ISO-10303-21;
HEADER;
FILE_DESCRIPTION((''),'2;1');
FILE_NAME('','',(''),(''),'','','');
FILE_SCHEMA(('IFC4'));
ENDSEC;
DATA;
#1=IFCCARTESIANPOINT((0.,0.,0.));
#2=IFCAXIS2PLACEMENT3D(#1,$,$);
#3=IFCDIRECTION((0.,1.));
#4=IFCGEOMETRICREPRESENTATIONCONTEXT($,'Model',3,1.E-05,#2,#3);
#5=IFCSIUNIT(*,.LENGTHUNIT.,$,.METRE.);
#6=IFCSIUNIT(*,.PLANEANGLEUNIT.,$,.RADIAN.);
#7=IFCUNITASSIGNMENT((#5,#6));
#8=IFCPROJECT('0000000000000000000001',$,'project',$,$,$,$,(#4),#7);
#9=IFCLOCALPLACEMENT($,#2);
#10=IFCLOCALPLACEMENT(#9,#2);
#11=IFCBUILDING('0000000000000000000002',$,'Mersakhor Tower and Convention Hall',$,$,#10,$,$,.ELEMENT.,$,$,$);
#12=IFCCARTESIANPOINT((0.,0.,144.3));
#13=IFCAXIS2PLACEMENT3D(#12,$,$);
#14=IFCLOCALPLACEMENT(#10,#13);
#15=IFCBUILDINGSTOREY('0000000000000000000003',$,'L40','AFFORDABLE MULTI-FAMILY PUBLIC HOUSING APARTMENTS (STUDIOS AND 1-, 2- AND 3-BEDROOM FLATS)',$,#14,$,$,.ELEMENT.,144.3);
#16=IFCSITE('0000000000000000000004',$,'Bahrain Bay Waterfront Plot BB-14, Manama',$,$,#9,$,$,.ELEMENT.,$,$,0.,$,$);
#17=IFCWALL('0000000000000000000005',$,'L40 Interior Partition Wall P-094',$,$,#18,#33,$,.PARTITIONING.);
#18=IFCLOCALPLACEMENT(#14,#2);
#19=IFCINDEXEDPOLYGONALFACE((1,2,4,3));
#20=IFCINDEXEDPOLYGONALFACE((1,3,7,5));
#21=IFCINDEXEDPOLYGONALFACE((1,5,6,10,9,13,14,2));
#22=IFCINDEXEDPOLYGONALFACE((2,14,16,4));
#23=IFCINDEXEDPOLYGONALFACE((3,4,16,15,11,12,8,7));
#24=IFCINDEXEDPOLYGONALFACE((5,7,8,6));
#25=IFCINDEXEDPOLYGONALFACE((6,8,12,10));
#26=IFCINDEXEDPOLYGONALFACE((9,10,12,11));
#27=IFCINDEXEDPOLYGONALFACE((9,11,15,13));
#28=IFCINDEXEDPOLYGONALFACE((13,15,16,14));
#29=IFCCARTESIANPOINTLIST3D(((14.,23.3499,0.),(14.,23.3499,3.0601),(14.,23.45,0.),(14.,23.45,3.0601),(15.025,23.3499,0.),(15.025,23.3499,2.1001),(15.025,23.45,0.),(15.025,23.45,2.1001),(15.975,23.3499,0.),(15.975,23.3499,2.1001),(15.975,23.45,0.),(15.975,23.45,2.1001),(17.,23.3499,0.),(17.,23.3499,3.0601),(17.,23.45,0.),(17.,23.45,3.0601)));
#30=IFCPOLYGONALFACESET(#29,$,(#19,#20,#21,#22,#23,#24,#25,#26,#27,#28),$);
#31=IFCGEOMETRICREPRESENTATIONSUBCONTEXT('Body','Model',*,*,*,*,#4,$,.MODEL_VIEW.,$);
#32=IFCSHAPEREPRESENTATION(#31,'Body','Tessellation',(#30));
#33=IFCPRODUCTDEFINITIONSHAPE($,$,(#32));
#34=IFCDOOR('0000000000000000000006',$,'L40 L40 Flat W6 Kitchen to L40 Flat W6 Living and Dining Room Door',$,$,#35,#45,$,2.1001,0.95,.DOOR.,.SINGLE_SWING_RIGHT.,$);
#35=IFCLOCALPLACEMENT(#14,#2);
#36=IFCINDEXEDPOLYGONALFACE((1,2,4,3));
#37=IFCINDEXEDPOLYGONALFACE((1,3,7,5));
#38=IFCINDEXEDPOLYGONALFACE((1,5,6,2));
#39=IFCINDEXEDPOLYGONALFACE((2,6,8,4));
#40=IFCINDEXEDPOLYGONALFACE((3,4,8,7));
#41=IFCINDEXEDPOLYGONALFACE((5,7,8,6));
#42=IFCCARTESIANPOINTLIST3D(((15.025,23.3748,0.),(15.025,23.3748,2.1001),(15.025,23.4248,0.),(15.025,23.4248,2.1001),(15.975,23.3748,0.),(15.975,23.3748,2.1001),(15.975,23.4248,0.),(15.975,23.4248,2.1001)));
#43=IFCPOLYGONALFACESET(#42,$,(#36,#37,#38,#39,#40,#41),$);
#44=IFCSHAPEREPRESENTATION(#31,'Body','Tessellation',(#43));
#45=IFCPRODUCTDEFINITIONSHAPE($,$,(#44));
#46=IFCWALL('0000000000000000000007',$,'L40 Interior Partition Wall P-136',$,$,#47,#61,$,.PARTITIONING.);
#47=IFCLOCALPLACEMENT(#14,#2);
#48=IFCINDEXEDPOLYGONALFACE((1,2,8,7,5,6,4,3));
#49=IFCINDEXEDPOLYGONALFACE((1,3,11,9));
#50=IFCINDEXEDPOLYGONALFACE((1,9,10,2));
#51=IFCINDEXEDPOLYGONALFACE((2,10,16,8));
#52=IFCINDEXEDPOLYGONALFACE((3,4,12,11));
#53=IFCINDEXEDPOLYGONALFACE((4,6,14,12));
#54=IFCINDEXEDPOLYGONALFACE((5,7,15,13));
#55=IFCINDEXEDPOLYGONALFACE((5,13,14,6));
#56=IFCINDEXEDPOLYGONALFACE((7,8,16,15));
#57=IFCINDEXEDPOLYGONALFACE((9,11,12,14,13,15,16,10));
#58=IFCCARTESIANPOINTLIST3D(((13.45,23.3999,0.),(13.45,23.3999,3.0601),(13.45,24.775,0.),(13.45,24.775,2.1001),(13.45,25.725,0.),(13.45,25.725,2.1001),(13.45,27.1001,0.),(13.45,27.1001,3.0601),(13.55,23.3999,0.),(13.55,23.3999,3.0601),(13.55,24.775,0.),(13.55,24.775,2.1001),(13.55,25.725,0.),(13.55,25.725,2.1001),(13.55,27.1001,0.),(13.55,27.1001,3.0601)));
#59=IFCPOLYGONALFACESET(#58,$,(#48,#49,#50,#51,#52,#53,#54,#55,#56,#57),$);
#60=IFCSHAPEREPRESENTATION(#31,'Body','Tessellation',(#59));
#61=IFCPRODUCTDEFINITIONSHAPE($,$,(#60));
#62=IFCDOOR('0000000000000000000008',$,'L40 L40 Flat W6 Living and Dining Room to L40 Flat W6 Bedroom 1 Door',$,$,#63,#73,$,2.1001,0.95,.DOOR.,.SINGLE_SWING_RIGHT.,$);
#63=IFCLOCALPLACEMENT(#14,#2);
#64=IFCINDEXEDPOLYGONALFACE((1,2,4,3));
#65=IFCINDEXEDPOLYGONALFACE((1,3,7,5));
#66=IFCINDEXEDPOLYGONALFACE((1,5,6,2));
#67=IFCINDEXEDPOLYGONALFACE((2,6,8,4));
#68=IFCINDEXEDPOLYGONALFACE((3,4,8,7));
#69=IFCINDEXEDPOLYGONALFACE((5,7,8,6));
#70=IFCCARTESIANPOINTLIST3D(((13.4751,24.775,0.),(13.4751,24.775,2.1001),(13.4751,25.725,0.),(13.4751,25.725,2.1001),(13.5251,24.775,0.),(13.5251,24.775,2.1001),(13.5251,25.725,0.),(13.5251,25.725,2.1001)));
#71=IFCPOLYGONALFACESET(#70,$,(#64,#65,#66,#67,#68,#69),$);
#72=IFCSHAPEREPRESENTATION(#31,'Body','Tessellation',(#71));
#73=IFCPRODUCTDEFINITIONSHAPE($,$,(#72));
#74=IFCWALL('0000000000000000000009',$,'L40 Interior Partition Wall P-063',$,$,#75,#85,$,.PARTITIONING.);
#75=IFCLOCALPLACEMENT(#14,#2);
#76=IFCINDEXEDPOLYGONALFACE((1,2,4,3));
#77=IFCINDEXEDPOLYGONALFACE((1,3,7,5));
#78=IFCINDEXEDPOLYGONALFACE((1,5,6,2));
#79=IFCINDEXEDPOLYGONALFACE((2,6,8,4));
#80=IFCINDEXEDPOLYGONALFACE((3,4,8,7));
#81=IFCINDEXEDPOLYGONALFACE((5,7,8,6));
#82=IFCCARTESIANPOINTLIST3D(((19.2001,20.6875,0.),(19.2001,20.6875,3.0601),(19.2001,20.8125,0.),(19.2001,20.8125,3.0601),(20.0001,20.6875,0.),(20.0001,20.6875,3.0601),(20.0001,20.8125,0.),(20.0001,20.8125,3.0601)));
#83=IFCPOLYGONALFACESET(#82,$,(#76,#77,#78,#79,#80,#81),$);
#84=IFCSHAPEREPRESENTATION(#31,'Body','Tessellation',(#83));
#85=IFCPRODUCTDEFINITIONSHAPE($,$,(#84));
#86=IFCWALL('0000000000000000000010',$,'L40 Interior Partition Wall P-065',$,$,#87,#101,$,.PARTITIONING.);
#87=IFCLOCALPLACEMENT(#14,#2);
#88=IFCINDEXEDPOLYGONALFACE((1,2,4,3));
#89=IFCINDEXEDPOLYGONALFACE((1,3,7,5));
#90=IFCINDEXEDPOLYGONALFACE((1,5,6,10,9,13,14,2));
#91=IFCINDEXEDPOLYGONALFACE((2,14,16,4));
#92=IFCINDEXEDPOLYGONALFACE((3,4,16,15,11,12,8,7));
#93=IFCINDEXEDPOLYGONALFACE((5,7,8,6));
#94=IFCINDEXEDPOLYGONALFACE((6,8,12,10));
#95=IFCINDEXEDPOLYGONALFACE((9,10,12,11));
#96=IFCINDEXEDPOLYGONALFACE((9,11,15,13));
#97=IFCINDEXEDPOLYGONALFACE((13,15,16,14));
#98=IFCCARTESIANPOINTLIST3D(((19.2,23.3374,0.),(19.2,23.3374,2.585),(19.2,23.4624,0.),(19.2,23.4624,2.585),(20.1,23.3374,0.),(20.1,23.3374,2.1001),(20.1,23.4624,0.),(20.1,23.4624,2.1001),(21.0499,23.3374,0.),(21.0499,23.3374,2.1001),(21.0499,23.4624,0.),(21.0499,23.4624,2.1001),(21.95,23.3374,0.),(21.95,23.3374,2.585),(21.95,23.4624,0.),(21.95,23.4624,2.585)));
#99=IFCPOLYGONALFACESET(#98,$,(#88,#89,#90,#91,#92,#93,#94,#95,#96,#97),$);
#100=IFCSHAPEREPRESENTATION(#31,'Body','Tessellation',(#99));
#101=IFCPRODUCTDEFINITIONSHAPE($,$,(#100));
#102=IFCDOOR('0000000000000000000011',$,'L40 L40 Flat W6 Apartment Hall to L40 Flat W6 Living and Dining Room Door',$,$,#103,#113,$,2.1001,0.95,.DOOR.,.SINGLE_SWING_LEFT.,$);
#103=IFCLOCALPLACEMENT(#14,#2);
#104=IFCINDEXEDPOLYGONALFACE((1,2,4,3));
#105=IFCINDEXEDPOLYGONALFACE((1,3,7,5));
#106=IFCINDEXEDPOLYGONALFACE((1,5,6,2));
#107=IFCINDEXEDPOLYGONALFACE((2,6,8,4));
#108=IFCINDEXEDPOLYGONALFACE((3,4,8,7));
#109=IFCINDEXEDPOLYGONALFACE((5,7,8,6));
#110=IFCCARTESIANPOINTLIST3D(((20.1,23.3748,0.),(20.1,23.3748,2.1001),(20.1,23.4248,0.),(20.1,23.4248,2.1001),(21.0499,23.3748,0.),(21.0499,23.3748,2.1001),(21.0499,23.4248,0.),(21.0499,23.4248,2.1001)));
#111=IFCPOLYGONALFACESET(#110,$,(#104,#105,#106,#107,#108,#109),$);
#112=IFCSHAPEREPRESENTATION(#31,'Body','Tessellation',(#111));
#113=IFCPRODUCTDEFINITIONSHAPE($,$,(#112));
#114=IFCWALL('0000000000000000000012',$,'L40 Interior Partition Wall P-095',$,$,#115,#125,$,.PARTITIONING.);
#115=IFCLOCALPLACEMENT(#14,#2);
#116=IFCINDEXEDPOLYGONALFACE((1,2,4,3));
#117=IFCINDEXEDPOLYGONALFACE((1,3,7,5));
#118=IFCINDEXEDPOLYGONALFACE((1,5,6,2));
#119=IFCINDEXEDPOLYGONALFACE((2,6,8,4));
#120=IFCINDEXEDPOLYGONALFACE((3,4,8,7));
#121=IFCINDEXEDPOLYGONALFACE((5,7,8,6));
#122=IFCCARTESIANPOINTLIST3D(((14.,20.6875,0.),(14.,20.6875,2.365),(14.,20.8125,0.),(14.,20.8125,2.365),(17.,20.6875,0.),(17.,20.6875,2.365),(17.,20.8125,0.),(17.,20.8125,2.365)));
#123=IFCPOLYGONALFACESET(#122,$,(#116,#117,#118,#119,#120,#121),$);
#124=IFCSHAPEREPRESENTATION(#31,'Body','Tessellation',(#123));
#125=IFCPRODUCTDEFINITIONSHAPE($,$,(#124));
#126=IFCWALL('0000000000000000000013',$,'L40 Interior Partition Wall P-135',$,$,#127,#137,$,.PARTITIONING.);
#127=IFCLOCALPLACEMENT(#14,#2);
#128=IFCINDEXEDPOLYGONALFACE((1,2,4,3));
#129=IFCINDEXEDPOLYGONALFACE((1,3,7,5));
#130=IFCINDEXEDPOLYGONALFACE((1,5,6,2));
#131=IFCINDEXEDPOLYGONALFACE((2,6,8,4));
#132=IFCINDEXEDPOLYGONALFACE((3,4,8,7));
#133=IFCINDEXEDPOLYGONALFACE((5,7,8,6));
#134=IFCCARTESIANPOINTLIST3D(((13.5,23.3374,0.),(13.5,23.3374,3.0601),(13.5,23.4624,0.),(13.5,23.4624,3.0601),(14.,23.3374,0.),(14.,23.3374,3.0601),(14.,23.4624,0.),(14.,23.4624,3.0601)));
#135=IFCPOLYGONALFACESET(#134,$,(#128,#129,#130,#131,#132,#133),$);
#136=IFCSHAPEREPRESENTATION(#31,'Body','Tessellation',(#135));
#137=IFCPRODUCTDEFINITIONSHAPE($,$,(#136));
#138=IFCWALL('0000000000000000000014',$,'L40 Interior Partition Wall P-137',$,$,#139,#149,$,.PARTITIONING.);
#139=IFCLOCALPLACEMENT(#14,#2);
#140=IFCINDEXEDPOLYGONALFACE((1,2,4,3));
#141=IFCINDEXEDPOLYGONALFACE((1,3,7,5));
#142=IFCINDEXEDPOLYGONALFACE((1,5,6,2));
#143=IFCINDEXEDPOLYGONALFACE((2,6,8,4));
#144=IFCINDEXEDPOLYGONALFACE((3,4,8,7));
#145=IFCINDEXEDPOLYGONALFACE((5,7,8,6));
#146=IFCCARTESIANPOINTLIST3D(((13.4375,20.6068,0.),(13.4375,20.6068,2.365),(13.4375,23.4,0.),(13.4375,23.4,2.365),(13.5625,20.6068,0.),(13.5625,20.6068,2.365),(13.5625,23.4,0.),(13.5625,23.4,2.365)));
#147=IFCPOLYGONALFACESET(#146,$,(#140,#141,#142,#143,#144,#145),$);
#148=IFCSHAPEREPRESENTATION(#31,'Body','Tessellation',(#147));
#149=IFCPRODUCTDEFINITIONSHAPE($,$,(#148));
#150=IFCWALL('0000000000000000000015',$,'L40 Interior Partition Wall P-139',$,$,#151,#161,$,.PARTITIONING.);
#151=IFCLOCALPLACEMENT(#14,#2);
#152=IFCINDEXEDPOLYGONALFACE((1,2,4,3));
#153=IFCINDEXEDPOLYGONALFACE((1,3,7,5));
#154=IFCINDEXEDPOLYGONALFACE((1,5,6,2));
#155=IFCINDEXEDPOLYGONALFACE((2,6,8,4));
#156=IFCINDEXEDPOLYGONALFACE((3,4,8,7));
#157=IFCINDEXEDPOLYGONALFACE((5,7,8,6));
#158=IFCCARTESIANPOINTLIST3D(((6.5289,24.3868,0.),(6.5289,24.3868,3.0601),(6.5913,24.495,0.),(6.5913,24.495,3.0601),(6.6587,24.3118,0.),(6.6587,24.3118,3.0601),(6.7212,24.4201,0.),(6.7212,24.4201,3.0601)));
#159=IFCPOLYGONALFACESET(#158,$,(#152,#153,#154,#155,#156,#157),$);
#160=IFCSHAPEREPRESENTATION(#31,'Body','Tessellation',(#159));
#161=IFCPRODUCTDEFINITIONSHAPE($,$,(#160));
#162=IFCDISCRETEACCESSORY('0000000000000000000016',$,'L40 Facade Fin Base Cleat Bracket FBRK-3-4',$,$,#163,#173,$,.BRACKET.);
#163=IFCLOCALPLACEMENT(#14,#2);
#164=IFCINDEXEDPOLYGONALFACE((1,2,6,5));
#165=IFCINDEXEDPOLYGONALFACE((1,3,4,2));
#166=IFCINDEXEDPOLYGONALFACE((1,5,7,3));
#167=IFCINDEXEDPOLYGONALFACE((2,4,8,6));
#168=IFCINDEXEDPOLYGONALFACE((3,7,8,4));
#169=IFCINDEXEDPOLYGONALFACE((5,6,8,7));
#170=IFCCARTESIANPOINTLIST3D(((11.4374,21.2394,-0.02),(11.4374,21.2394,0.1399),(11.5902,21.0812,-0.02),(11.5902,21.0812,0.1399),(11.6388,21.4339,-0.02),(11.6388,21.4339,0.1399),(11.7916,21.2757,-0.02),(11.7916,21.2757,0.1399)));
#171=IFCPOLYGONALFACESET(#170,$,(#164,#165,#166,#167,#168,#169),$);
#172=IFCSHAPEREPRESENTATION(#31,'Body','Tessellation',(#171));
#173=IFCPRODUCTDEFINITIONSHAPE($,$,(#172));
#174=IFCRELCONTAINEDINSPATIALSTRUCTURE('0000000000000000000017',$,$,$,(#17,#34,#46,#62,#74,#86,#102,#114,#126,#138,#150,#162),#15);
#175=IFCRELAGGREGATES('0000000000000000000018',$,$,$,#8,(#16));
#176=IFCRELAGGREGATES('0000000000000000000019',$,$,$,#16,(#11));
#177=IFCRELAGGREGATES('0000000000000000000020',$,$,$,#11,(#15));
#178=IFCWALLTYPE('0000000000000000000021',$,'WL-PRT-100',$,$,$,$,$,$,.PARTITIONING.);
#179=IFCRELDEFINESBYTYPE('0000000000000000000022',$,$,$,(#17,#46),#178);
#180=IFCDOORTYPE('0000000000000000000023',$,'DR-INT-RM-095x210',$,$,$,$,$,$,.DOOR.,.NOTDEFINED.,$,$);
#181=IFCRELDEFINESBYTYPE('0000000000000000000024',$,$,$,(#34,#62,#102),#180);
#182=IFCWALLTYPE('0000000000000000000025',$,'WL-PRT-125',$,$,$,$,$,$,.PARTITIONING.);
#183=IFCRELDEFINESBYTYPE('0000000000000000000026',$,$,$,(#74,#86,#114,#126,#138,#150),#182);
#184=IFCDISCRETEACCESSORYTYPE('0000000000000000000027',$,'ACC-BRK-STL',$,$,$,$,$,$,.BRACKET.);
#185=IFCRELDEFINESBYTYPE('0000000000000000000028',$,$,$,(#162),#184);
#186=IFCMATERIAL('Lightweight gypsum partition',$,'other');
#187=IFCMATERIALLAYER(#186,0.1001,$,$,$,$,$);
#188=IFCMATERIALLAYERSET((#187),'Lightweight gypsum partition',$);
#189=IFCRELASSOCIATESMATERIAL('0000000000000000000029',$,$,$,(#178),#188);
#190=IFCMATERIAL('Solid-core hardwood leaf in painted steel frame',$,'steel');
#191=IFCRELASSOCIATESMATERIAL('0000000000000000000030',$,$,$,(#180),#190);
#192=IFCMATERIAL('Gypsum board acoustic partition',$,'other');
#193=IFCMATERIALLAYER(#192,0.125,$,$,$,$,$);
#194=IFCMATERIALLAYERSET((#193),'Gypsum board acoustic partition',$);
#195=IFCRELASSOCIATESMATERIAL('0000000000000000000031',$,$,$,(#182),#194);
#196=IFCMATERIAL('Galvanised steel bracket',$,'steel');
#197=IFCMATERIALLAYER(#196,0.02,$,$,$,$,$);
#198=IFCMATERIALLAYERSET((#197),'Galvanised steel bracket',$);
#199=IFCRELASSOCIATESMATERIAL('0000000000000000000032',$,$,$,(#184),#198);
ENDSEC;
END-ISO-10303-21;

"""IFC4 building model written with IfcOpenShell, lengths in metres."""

from ifc_helpers import new_model, si_unit, direction, frame, frame_2d, origin, origin_2d, place, context, subcontext, project, spatial, rectangle, extrude, material, layer, layer_set, type_object, element, fill, save


model = new_model("IFC4")

# Units and contexts
model_context = context("Model", 3, precision=1e-05, world=origin(), true_north=direction((0.0, 1.0)))
body_context = subcontext(model_context, "Body", "Model", "MODEL_VIEW")
ifc_project = project(units=[si_unit("LENGTHUNIT", "METRE"), si_unit("PLANEANGLEUNIT", "RADIAN")], contexts=[model_context])

# Site, building, storey
site_placement = place(None, origin())
site = spatial("IfcSite", under=ifc_project, at=site_placement, Name="Bahrain Bay Waterfront Plot BB-14, Manama", CompositionType="ELEMENT", RefElevation=0.0)
building_placement = place(site_placement, origin())
building = spatial("IfcBuilding", under=site, at=building_placement, Name="Mersakhor Tower and Convention Hall", CompositionType="ELEMENT")
storey_placement = place(building_placement, frame((0.0, 0.0, 144.3)))
storey = spatial("IfcBuildingStorey", under=building, at=storey_placement, Name="L40", Description="AFFORDABLE MULTI-FAMILY PUBLIC HOUSING APARTMENTS (STUDIOS AND 1-, 2- AND 3-BEDROOM FLATS)", CompositionType="ELEMENT", Elevation=144.3)

# Walls, openings, doors
ifc_material_1 = material(Name="Lightweight gypsum partition", Category="other")
ifc_layer_1 = layer(ifc_material_1, 0.1001)
ifc_layer_set_1 = layer_set([ifc_layer_1], Name="Lightweight gypsum partition")
wall_type_1 = type_object("IfcWallType", Name="WL-PRT-100", PredefinedType="PARTITIONING", material=ifc_layer_set_1)
wall_1_placement = place(storey_placement, frame((14.0, 23.3999, 0.0), z_axis=(0.0, 0.0, 1.0), x_axis=(1.0, 0.0, 0.0)))
wall_1 = element("IfcWall", 1, at=wall_1_placement, inside=storey, type_object=wall_type_1, Name="L40 Interior Partition Wall P-094", PredefinedType="PARTITIONING", context=body_context, shape_type="SweptSolid", body=[
    extrude(rectangle(XDim=3.0, YDim=0.1001, at=frame_2d((1.5, 0.0))), origin(), (0.0, 0.0, 1.0), 3.0601),
])
opening_1_placement = place(wall_1_placement, frame((1.0249, 0.0, 0.0)))
opening_1 = element("IfcOpeningElement", 2, at=opening_1_placement, cuts=wall_1, PredefinedType="OPENING", context=body_context, shape_type="SweptSolid", body=[
    extrude(rectangle(XDim=0.95, YDim=2.1001, at=frame_2d((0.4751, 1.05))), frame((0.0, 0.0601, 0.0), z_axis=(0.0, -1.0, 0.0), x_axis=(1.0, 0.0, 0.0)), (0.0, 0.0, 1.0), 0.1201),
])
ifc_material_2 = material(Name="Solid-core hardwood leaf in painted steel frame", Category="steel")
door_type_1 = type_object("IfcDoorType", Name="DR-INT-RM-095x210", OperationType="NOTDEFINED", PredefinedType="DOOR", material=ifc_material_2)
door_1_placement = place(opening_1_placement, origin())
door_1 = element("IfcDoor", 3, at=door_1_placement, inside=storey, type_object=door_type_1, Name="L40 L40 Flat W6 Kitchen to L40 Flat W6 Living and Dining Room Door", OperationType="SINGLE_SWING_RIGHT", OverallHeight=2.1001, OverallWidth=0.95, PredefinedType="DOOR", context=body_context, shape_type="SweptSolid", body=[
    extrude(rectangle(XDim=0.95, YDim=2.1001, at=frame_2d((0.4751, 1.05))), frame((0.0, 0.0249, 0.0), z_axis=(0.0, -1.0, 0.0), x_axis=(1.0, 0.0, 0.0)), (0.0, 0.0, 1.0), 0.05),
])
fill(opening_1, door_1)
wall_2_placement = place(storey_placement, frame((13.5, 23.3999, 0.0), z_axis=(0.0, 0.0, 1.0), x_axis=(0.0, 1.0, 0.0)))
wall_2 = element("IfcWall", 4, at=wall_2_placement, inside=storey, type_object=wall_type_1, Name="L40 Interior Partition Wall P-136", PredefinedType="PARTITIONING", context=body_context, shape_type="SweptSolid", body=[
    extrude(rectangle(XDim=3.7002, YDim=0.1001, at=frame_2d((1.8501, 0.0))), origin(), (0.0, 0.0, 1.0), 3.0601),
])
opening_2_placement = place(wall_2_placement, frame((1.375, 0.0, 0.0)))
opening_2 = element("IfcOpeningElement", 5, at=opening_2_placement, cuts=wall_2, PredefinedType="OPENING", context=body_context, shape_type="SweptSolid", body=[
    extrude(rectangle(XDim=0.95, YDim=2.1001, at=frame_2d((0.4751, 1.05))), frame((0.0, 0.0601, 0.0), z_axis=(0.0, -1.0, 0.0), x_axis=(1.0, 0.0, 0.0)), (0.0, 0.0, 1.0), 0.1201),
])
door_2_placement = place(opening_2_placement, origin())
door_2 = element("IfcDoor", 6, at=door_2_placement, inside=storey, type_object=door_type_1, Name="L40 L40 Flat W6 Living and Dining Room to L40 Flat W6 Bedroom 1 Door", OperationType="SINGLE_SWING_RIGHT", OverallHeight=2.1001, OverallWidth=0.95, PredefinedType="DOOR", context=body_context, shape_type="SweptSolid", body=[
    extrude(rectangle(XDim=0.95, YDim=2.1001, at=frame_2d((0.4751, 1.05))), frame((0.0, 0.0249, 0.0), z_axis=(0.0, -1.0, 0.0), x_axis=(1.0, 0.0, 0.0)), (0.0, 0.0, 1.0), 0.05),
])
fill(opening_2, door_2)

# Wall
ifc_material_3 = material(Name="Gypsum board acoustic partition", Category="other")
ifc_layer_2 = layer(ifc_material_3, 0.125)
ifc_layer_set_2 = layer_set([ifc_layer_2], Name="Gypsum board acoustic partition")
wall_type_2 = type_object("IfcWallType", Name="WL-PRT-125", PredefinedType="PARTITIONING", material=ifc_layer_set_2)
wall_3_placement = place(storey_placement, frame((20.0, 20.75, 0.0), z_axis=(0.0, 0.0, 1.0), x_axis=(-1.0, 0.0, 0.0)))
element("IfcWall", 7, at=wall_3_placement, inside=storey, type_object=wall_type_2, Name="L40 Interior Partition Wall P-063", PredefinedType="PARTITIONING", context=body_context, shape_type="SweptSolid", body=[
    extrude(rectangle(XDim=0.8, YDim=0.125, at=frame_2d((0.3999, 0.0))), origin(), (0.0, 0.0, 1.0), 3.0601),
])

# Wall, opening, door
wall_4_placement = place(storey_placement, frame((19.2, 23.3999, 0.0), z_axis=(0.0, 0.0, 1.0), x_axis=(1.0, 0.0, 0.0)))
wall_4 = element("IfcWall", 8, at=wall_4_placement, inside=storey, type_object=wall_type_2, Name="L40 Interior Partition Wall P-065", PredefinedType="PARTITIONING", context=body_context, shape_type="SweptSolid", body=[
    extrude(rectangle(XDim=2.75, YDim=0.125, at=frame_2d((1.375, 0.0))), origin(), (0.0, 0.0, 1.0), 2.585),
])
opening_3_placement = place(wall_4_placement, frame((0.8999, 0.0, 0.0)))
opening_3 = element("IfcOpeningElement", 9, at=opening_3_placement, cuts=wall_4, PredefinedType="OPENING", context=body_context, shape_type="SweptSolid", body=[
    extrude(rectangle(XDim=0.95, YDim=2.1001, at=frame_2d((0.4751, 1.05))), frame((0.0, 0.0725, 0.0), z_axis=(0.0, -1.0, 0.0), x_axis=(1.0, 0.0, 0.0)), (0.0, 0.0, 1.0), 0.145),
])
door_3_placement = place(opening_3_placement, origin())
door_3 = element("IfcDoor", 10, at=door_3_placement, inside=storey, type_object=door_type_1, Name="L40 L40 Flat W6 Apartment Hall to L40 Flat W6 Living and Dining Room Door", OperationType="SINGLE_SWING_LEFT", OverallHeight=2.1001, OverallWidth=0.95, PredefinedType="DOOR", context=body_context, shape_type="SweptSolid", body=[
    extrude(rectangle(XDim=0.95, YDim=2.1001, at=frame_2d((0.4751, 1.05))), frame((0.0, 0.0249, 0.0), z_axis=(0.0, -1.0, 0.0), x_axis=(1.0, 0.0, 0.0)), (0.0, 0.0, 1.0), 0.05),
])
fill(opening_3, door_3)

# Walls
wall_5_placement = place(storey_placement, frame((17.0, 20.75, 0.0), z_axis=(0.0, 0.0, 1.0), x_axis=(-1.0, 0.0, 0.0)))
element("IfcWall", 11, at=wall_5_placement, inside=storey, type_object=wall_type_2, Name="L40 Interior Partition Wall P-095", PredefinedType="PARTITIONING", context=body_context, shape_type="SweptSolid", body=[
    extrude(rectangle(XDim=3.0, YDim=0.125, at=frame_2d((1.5, 0.0))), origin(), (0.0, 0.0, 1.0), 2.365),
])
wall_6_placement = place(storey_placement, frame((14.0, 23.3999, 0.0), z_axis=(0.0, 0.0, 1.0), x_axis=(-1.0, 0.0, 0.0)))
element("IfcWall", 12, at=wall_6_placement, inside=storey, type_object=wall_type_2, Name="L40 Interior Partition Wall P-135", PredefinedType="PARTITIONING", context=body_context, shape_type="SweptSolid", body=[
    extrude(rectangle(XDim=0.5, YDim=0.125, at=frame_2d((0.25, 0.0))), origin(), (0.0, 0.0, 1.0), 3.0601),
])
wall_7_placement = place(storey_placement, frame((13.5, 23.3999, 0.0), z_axis=(0.0, 0.0, 1.0), x_axis=(0.0, -1.0, 0.0)))
element("IfcWall", 13, at=wall_7_placement, inside=storey, type_object=wall_type_2, Name="L40 Interior Partition Wall P-137", PredefinedType="PARTITIONING", context=body_context, shape_type="SweptSolid", body=[
    extrude(rectangle(XDim=2.7932, YDim=0.125, at=frame_2d((1.3965, 0.0))), origin(), (0.0, 0.0, 1.0), 2.365),
])
wall_8_placement = place(storey_placement, frame((6.6899, 24.366, 0.0), z_axis=(0.0, 0.0, 1.0), x_axis=(-0.866131, 0.499816, 0.0)))
element("IfcWall", 14, at=wall_8_placement, inside=storey, type_object=wall_type_2, Name="L40 Interior Partition Wall P-139", PredefinedType="PARTITIONING", context=body_context, shape_type="SweptSolid", body=[
    extrude(rectangle(XDim=0.1499, YDim=0.125, at=frame_2d((0.075, 0.0))), origin(), (0.0, 0.0, 1.0), 3.0601),
])

# Discrete accessory
ifc_material_4 = material(Name="Galvanised steel bracket", Category="steel")
ifc_layer_3 = layer(ifc_material_4, 0.02)
ifc_layer_set_3 = layer_set([ifc_layer_3], Name="Galvanised steel bracket")
discrete_accessory_type = type_object("IfcDiscreteAccessoryType", Name="ACC-BRK-STL", PredefinedType="BRACKET", material=ifc_layer_set_3)
discrete_accessory_placement = place(storey_placement, frame((11.6145, 21.2576, -0.02), z_axis=(0.0, 0.0, 1.0), x_axis=(-0.71934, -0.694658, 0.0)))
element("IfcDiscreteAccessory", 15, at=discrete_accessory_placement, inside=storey, type_object=discrete_accessory_type, Name="L40 Facade Fin Base Cleat Bracket FBRK-3-4", PredefinedType="BRACKET", context=body_context, shape_type="SweptSolid", body=[
    extrude(rectangle(XDim=0.28, YDim=0.22, at=origin_2d()), origin(), (0.0, 0.0, 1.0), 0.1599),
])

save(model, "model.ifc")
